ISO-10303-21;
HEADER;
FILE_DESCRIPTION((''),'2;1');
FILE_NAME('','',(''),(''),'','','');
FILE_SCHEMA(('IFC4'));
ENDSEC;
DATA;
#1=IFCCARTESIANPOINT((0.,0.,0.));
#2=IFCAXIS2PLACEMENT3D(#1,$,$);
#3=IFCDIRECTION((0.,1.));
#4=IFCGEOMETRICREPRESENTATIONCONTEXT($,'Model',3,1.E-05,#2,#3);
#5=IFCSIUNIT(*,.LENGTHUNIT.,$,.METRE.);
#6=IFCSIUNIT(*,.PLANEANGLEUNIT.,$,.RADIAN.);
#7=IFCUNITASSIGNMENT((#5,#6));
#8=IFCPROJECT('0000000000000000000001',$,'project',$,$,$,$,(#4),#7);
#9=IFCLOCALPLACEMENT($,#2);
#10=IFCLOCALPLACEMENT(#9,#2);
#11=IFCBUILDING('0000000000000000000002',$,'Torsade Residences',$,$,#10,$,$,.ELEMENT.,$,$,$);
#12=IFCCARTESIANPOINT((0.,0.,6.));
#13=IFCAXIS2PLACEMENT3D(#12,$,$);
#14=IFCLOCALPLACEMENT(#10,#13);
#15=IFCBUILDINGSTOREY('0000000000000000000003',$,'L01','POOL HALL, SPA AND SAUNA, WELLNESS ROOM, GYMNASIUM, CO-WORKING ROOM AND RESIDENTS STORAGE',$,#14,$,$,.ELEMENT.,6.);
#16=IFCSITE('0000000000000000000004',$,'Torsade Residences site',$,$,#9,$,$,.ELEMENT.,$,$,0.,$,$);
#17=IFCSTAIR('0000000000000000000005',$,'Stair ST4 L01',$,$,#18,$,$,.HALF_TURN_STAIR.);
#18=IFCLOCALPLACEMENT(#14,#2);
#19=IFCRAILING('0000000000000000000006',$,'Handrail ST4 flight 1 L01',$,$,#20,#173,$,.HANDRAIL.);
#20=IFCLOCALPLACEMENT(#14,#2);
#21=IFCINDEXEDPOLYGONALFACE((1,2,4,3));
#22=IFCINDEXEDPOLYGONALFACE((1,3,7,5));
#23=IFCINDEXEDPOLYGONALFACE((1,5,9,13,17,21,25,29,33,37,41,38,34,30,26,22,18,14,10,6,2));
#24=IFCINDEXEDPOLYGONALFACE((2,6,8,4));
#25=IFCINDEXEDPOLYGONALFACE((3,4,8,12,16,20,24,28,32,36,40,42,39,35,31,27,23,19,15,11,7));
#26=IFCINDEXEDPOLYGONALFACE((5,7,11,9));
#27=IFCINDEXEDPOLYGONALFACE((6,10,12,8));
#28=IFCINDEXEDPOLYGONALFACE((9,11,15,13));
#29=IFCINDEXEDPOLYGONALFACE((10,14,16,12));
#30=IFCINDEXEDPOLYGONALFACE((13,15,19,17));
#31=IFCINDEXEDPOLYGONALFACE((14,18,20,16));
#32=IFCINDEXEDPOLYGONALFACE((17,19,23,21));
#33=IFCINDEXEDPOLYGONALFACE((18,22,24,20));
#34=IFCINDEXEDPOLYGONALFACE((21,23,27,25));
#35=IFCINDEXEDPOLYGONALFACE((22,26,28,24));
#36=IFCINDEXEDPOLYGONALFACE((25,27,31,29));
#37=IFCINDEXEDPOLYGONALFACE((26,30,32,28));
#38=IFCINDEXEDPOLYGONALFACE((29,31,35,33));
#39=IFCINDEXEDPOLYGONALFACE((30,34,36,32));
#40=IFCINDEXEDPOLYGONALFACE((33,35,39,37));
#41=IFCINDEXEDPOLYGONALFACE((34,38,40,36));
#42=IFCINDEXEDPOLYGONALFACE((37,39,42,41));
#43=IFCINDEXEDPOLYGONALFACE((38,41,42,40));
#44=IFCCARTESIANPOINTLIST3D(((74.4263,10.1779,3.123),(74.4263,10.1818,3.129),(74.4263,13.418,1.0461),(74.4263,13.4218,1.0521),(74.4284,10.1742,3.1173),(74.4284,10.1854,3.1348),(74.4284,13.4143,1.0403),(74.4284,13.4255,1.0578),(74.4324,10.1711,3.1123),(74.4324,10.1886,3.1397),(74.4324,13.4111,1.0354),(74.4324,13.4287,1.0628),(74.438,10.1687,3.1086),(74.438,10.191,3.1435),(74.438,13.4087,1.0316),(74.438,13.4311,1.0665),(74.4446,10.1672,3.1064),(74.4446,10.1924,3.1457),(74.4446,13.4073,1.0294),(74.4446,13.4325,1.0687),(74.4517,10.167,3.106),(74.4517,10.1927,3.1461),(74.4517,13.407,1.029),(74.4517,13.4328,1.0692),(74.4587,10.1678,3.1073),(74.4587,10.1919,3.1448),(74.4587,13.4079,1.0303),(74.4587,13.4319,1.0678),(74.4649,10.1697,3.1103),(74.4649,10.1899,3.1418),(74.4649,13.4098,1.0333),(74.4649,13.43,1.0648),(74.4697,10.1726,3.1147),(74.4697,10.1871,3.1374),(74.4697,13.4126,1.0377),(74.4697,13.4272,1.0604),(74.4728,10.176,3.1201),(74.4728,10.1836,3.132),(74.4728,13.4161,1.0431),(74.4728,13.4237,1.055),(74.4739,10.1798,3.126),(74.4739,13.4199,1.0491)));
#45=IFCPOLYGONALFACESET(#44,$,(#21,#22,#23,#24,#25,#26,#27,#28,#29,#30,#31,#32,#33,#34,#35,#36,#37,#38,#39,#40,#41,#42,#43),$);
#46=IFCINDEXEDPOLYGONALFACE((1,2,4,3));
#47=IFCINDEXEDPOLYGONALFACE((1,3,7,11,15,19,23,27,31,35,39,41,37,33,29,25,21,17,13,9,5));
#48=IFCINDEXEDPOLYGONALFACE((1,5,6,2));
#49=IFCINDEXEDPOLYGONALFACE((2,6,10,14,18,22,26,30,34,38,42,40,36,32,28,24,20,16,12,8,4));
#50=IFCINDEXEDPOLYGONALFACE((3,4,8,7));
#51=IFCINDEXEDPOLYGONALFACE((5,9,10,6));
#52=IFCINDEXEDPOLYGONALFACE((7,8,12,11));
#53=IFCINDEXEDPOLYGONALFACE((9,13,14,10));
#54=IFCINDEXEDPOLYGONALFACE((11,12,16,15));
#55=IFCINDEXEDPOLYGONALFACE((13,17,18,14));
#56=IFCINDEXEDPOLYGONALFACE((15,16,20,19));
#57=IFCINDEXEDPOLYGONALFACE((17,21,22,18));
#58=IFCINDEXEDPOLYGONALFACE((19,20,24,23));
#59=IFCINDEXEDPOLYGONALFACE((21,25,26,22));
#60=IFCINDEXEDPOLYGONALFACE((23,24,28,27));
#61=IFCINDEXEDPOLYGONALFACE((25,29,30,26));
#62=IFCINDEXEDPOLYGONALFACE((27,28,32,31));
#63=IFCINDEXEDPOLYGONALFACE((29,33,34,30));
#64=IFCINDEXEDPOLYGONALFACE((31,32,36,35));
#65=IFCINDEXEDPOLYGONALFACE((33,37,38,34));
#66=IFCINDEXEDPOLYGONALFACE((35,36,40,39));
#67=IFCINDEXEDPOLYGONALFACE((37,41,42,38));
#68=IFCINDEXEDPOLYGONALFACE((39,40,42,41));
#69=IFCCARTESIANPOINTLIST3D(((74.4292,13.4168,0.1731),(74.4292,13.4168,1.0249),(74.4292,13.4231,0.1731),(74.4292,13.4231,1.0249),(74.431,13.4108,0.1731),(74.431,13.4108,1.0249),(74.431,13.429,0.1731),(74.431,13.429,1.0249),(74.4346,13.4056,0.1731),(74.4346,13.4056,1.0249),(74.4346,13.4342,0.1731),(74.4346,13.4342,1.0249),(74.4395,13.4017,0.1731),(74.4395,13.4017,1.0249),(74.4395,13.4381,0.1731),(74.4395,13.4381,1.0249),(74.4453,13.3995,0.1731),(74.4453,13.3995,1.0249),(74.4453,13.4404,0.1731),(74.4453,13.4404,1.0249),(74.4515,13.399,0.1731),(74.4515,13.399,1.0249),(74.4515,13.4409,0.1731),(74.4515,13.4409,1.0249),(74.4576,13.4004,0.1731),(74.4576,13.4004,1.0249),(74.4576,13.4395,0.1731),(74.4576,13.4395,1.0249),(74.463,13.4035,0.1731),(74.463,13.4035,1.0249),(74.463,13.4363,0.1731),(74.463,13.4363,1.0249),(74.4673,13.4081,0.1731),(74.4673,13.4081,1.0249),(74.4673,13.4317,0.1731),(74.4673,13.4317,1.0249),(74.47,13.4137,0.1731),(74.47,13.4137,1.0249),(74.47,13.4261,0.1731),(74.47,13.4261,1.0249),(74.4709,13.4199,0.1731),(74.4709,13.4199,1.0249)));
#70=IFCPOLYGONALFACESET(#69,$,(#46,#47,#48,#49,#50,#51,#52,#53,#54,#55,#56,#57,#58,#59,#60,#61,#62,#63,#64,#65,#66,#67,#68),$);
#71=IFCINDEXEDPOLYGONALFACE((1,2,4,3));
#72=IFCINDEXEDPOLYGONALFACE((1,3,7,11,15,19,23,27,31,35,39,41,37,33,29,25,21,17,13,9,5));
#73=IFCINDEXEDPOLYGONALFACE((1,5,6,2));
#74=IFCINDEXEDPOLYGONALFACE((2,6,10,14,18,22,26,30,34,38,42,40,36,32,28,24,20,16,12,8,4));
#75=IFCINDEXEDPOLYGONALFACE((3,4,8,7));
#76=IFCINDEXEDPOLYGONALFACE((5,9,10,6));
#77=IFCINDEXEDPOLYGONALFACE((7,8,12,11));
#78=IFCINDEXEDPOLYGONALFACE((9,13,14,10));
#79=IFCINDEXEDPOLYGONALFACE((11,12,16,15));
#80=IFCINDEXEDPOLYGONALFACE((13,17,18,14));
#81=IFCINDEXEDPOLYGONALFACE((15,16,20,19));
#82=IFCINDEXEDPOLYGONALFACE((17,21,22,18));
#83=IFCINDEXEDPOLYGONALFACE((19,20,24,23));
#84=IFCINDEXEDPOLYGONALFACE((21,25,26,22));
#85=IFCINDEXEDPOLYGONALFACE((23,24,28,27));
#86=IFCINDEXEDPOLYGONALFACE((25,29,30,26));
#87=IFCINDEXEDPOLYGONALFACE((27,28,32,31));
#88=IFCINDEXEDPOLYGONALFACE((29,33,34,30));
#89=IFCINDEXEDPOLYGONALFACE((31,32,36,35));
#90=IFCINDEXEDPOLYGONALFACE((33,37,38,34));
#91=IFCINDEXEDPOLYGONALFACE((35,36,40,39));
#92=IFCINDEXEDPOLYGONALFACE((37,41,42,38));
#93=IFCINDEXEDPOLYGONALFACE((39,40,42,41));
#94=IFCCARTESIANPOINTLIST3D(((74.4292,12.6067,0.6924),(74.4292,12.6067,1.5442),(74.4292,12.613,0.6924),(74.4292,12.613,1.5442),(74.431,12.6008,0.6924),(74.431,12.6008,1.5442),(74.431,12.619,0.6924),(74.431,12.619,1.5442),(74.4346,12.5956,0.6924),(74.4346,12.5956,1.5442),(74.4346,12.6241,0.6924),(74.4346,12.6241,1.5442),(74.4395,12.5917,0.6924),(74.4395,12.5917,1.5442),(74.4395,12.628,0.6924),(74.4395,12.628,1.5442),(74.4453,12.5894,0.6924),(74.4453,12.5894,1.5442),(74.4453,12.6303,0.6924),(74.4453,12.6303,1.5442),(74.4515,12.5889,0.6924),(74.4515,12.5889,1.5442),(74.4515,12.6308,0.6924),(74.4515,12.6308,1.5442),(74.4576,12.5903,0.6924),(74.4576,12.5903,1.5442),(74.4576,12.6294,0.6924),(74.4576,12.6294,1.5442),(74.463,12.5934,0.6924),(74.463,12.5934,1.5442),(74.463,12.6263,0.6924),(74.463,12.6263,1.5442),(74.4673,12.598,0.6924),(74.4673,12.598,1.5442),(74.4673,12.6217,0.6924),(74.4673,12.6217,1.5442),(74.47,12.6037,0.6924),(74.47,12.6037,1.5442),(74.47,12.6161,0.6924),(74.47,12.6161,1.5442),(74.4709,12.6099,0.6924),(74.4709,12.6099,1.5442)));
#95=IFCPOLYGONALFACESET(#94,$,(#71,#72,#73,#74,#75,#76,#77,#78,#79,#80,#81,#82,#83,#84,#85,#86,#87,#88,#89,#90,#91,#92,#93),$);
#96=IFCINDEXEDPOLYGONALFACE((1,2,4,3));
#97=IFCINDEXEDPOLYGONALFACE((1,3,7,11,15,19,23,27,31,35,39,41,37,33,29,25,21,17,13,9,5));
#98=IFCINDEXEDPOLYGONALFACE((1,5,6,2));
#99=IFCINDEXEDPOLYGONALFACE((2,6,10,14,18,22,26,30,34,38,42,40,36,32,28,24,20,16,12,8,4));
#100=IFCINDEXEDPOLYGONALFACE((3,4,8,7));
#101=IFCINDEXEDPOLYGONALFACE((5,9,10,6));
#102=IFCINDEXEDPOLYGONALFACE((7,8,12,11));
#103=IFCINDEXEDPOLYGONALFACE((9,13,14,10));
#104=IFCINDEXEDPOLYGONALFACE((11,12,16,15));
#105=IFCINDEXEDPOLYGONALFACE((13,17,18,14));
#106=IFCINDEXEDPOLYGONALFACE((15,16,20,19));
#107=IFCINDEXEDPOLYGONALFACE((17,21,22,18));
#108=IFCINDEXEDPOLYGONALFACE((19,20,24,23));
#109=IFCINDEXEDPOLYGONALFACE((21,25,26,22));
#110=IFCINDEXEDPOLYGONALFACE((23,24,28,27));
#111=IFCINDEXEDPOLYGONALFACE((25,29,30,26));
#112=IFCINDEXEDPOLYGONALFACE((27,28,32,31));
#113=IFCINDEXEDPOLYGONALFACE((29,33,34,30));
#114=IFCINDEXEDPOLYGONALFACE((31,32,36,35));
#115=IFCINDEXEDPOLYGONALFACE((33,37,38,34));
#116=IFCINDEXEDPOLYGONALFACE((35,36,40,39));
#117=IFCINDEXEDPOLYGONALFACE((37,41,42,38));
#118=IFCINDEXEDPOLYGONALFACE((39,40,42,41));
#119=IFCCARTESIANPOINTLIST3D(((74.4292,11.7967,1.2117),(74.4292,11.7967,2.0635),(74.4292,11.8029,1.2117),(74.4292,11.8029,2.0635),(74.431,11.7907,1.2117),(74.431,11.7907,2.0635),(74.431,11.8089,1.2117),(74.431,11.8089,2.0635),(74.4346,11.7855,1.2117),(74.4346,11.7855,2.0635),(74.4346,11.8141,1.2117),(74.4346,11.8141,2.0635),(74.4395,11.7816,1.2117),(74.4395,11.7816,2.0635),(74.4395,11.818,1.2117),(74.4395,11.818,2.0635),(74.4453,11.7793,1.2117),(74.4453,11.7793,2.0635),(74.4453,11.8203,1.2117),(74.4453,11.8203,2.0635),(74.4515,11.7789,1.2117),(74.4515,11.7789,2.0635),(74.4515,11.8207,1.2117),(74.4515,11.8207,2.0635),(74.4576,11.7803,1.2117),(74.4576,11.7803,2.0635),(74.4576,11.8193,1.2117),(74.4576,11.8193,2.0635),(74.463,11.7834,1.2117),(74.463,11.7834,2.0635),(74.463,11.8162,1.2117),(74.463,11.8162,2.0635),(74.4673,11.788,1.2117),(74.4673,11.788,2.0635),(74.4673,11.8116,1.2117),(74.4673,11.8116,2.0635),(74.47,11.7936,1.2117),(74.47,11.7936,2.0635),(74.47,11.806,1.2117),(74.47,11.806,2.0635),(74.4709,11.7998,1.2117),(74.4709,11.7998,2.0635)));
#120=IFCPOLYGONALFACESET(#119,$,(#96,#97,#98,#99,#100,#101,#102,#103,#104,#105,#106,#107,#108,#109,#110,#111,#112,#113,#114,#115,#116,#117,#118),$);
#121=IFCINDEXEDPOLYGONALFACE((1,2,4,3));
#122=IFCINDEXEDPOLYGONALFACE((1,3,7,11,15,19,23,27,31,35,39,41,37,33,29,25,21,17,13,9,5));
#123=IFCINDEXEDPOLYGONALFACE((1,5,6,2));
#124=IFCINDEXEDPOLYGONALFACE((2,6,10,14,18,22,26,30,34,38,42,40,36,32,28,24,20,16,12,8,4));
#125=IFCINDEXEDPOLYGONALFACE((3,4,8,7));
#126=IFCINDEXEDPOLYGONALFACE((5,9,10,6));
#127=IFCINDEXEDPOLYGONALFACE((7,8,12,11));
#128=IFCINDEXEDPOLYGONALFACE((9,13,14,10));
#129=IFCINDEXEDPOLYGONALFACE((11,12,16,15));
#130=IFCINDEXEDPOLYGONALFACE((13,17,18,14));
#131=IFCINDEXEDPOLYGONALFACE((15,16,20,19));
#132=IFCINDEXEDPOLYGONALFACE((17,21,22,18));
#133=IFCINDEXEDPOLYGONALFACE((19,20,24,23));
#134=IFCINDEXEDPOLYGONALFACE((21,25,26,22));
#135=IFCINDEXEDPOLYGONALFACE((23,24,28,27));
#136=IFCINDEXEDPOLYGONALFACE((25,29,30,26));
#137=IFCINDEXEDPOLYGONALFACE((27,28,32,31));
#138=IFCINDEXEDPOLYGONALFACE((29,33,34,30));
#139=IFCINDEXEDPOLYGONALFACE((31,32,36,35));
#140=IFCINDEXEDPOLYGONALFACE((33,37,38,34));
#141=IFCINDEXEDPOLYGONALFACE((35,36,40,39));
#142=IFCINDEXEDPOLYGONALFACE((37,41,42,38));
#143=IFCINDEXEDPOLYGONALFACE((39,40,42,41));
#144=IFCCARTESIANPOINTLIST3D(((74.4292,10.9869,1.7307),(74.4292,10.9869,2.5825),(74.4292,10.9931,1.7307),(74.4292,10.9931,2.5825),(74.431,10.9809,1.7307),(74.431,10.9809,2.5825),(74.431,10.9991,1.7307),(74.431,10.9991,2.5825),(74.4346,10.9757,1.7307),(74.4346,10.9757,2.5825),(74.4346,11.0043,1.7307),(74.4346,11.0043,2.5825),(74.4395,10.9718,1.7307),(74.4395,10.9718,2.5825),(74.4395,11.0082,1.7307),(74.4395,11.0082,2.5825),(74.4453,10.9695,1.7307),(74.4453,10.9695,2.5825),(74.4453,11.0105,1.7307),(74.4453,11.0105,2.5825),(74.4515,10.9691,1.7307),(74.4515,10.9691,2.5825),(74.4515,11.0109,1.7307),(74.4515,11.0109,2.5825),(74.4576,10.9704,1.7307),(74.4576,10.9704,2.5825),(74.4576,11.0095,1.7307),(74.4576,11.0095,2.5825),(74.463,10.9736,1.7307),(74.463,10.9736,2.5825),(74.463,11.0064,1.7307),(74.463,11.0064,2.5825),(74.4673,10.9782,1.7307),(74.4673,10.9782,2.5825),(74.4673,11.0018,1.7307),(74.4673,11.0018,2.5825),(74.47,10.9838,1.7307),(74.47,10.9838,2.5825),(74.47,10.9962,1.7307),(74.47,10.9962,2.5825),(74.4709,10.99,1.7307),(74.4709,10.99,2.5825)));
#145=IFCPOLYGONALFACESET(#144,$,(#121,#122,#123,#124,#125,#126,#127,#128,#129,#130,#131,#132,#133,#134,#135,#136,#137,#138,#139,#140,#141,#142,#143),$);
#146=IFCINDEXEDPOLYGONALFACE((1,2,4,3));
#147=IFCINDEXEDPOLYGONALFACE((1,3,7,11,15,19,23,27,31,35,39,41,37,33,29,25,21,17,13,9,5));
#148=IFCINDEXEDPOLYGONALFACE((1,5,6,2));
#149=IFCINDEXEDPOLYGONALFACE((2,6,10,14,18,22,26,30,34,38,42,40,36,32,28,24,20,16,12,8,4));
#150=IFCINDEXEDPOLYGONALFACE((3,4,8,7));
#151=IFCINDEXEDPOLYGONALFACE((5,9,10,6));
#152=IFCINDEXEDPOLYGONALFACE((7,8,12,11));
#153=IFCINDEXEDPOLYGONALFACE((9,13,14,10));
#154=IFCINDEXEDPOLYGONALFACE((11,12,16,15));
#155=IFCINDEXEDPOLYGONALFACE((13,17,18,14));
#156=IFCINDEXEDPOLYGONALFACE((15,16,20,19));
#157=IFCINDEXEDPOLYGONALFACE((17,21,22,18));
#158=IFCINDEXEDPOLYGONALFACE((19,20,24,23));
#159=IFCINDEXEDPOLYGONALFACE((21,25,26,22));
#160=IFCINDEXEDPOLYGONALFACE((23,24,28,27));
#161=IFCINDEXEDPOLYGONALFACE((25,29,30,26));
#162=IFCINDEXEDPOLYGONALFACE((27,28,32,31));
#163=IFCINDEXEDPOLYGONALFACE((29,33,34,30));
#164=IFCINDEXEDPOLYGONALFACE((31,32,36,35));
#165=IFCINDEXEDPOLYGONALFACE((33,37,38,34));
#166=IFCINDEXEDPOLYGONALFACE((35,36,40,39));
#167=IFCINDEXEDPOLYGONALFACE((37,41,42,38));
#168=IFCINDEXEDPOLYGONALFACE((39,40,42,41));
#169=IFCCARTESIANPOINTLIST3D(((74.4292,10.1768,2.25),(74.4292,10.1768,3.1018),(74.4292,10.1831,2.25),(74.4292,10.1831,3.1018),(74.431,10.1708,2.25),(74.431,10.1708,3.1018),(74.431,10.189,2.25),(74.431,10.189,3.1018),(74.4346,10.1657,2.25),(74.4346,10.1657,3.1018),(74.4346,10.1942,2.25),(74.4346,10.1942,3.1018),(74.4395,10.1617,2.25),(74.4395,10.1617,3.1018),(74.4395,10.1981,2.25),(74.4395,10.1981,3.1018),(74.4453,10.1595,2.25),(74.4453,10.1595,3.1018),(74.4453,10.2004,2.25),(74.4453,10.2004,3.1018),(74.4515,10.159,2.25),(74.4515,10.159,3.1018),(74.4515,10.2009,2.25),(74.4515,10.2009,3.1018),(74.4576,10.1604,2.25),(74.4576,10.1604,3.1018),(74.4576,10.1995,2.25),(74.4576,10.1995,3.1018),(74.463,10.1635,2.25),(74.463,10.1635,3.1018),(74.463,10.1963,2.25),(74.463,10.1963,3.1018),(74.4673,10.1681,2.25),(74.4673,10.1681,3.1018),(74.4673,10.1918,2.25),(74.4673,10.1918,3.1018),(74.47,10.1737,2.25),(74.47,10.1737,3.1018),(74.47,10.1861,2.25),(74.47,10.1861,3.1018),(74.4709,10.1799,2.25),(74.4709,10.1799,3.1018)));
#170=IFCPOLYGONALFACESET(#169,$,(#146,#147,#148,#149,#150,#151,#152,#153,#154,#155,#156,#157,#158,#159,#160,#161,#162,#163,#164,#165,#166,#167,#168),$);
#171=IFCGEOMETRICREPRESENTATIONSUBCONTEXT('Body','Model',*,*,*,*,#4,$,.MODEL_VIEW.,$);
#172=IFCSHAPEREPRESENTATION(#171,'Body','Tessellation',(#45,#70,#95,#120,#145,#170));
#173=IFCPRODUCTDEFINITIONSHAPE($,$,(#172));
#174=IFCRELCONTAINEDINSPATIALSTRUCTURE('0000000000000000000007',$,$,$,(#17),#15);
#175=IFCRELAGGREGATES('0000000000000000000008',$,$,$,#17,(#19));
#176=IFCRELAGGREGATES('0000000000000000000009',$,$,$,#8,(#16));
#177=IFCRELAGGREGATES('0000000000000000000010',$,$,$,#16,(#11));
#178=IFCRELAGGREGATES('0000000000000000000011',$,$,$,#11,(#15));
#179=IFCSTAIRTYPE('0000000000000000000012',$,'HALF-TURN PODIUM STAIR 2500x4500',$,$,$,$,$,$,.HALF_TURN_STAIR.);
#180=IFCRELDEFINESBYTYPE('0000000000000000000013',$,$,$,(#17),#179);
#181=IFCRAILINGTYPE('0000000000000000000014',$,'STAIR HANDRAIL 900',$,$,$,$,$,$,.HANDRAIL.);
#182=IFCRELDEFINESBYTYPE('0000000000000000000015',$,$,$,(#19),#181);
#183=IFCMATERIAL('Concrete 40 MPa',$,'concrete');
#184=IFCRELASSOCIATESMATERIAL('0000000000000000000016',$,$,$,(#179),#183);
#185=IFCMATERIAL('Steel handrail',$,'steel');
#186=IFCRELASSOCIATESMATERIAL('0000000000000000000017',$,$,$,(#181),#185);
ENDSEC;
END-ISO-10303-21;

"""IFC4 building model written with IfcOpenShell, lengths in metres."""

from ifc_helpers import new_model, si_unit, direction, frame, origin, origin_2d, place, context, subcontext, project, spatial, circle, extrude, material, type_object, element, aggregate, save


model = new_model("IFC4")

# Units and contexts
model_context = context("Model", 3, precision=1e-05, world=origin(), true_north=direction((0.0, 1.0)))
body_context = subcontext(model_context, "Body", "Model", "MODEL_VIEW")
ifc_project = project(units=[si_unit("LENGTHUNIT", "METRE"), si_unit("PLANEANGLEUNIT", "RADIAN")], contexts=[model_context])

# Site, building, storey
site_placement = place(None, origin())
site = spatial("IfcSite", under=ifc_project, at=site_placement, Name="Torsade Residences site", CompositionType="ELEMENT", RefElevation=0.0)
building_placement = place(site_placement, origin())
building = spatial("IfcBuilding", under=site, at=building_placement, Name="Torsade Residences", CompositionType="ELEMENT")
storey_placement = place(building_placement, frame((0.0, 0.0, 6.0)))
storey = spatial("IfcBuildingStorey", under=building, at=storey_placement, Name="L01", Description="POOL HALL, SPA AND SAUNA, WELLNESS ROOM, GYMNASIUM, CO-WORKING ROOM AND RESIDENTS STORAGE", CompositionType="ELEMENT", Elevation=6.0)

# Stair, railing
ifc_material_1 = material(Name="Concrete 40 MPa", Category="concrete")
stair_type = type_object("IfcStairType", Name="HALF-TURN PODIUM STAIR 2500x4500", PredefinedType="HALF_TURN_STAIR", material=ifc_material_1)
stair_placement = place(storey_placement, origin())
stair = element("IfcStair", 1, at=stair_placement, inside=storey, type_object=stair_type, Name="Stair ST4 L01", PredefinedType="HALF_TURN_STAIR")
ifc_material_2 = material(Name="Steel handrail", Category="steel")
railing_type = type_object("IfcRailingType", Name="STAIR HANDRAIL 900", PredefinedType="HANDRAIL", material=ifc_material_2)
railing_1_placement = place(storey_placement, frame((74.45, 13.4199, 0.1731)))
railing_1 = element("IfcRailing", 2, at=railing_1_placement, type_object=railing_type, Name="Handrail ST4 flight 1 L01", PredefinedType="HANDRAIL", context=body_context, shape_type="SweptSolid", body=[
    extrude(circle(Radius=0.0239, at=origin_2d()), frame((0.0, 0.0, 0.876), z_axis=(0.0, -0.841881, 0.539664), x_axis=(1.0, 0.0, 0.0)), (0.0, 0.0, 1.0), 3.8486),
    extrude(circle(Radius=0.021, at=origin_2d()), origin(), (0.0, 0.0, 1.0), 0.8518),
    extrude(circle(Radius=0.021, at=origin_2d()), frame((0.0, -0.8101, 0.5193)), (0.0, 0.0, 1.0), 0.8518),
    extrude(circle(Radius=0.021, at=origin_2d()), frame((0.0, -1.6201, 1.0386)), (0.0, 0.0, 1.0), 0.8518),
    extrude(circle(Radius=0.021, at=origin_2d()), frame((0.0, -2.4299, 1.5576)), (0.0, 0.0, 1.0), 0.8518),
    extrude(circle(Radius=0.021, at=origin_2d()), frame((0.0, -3.24, 2.0769)), (0.0, 0.0, 1.0), 0.8518),
])
aggregate(stair, [railing_1])

save(model, "model.ifc")
